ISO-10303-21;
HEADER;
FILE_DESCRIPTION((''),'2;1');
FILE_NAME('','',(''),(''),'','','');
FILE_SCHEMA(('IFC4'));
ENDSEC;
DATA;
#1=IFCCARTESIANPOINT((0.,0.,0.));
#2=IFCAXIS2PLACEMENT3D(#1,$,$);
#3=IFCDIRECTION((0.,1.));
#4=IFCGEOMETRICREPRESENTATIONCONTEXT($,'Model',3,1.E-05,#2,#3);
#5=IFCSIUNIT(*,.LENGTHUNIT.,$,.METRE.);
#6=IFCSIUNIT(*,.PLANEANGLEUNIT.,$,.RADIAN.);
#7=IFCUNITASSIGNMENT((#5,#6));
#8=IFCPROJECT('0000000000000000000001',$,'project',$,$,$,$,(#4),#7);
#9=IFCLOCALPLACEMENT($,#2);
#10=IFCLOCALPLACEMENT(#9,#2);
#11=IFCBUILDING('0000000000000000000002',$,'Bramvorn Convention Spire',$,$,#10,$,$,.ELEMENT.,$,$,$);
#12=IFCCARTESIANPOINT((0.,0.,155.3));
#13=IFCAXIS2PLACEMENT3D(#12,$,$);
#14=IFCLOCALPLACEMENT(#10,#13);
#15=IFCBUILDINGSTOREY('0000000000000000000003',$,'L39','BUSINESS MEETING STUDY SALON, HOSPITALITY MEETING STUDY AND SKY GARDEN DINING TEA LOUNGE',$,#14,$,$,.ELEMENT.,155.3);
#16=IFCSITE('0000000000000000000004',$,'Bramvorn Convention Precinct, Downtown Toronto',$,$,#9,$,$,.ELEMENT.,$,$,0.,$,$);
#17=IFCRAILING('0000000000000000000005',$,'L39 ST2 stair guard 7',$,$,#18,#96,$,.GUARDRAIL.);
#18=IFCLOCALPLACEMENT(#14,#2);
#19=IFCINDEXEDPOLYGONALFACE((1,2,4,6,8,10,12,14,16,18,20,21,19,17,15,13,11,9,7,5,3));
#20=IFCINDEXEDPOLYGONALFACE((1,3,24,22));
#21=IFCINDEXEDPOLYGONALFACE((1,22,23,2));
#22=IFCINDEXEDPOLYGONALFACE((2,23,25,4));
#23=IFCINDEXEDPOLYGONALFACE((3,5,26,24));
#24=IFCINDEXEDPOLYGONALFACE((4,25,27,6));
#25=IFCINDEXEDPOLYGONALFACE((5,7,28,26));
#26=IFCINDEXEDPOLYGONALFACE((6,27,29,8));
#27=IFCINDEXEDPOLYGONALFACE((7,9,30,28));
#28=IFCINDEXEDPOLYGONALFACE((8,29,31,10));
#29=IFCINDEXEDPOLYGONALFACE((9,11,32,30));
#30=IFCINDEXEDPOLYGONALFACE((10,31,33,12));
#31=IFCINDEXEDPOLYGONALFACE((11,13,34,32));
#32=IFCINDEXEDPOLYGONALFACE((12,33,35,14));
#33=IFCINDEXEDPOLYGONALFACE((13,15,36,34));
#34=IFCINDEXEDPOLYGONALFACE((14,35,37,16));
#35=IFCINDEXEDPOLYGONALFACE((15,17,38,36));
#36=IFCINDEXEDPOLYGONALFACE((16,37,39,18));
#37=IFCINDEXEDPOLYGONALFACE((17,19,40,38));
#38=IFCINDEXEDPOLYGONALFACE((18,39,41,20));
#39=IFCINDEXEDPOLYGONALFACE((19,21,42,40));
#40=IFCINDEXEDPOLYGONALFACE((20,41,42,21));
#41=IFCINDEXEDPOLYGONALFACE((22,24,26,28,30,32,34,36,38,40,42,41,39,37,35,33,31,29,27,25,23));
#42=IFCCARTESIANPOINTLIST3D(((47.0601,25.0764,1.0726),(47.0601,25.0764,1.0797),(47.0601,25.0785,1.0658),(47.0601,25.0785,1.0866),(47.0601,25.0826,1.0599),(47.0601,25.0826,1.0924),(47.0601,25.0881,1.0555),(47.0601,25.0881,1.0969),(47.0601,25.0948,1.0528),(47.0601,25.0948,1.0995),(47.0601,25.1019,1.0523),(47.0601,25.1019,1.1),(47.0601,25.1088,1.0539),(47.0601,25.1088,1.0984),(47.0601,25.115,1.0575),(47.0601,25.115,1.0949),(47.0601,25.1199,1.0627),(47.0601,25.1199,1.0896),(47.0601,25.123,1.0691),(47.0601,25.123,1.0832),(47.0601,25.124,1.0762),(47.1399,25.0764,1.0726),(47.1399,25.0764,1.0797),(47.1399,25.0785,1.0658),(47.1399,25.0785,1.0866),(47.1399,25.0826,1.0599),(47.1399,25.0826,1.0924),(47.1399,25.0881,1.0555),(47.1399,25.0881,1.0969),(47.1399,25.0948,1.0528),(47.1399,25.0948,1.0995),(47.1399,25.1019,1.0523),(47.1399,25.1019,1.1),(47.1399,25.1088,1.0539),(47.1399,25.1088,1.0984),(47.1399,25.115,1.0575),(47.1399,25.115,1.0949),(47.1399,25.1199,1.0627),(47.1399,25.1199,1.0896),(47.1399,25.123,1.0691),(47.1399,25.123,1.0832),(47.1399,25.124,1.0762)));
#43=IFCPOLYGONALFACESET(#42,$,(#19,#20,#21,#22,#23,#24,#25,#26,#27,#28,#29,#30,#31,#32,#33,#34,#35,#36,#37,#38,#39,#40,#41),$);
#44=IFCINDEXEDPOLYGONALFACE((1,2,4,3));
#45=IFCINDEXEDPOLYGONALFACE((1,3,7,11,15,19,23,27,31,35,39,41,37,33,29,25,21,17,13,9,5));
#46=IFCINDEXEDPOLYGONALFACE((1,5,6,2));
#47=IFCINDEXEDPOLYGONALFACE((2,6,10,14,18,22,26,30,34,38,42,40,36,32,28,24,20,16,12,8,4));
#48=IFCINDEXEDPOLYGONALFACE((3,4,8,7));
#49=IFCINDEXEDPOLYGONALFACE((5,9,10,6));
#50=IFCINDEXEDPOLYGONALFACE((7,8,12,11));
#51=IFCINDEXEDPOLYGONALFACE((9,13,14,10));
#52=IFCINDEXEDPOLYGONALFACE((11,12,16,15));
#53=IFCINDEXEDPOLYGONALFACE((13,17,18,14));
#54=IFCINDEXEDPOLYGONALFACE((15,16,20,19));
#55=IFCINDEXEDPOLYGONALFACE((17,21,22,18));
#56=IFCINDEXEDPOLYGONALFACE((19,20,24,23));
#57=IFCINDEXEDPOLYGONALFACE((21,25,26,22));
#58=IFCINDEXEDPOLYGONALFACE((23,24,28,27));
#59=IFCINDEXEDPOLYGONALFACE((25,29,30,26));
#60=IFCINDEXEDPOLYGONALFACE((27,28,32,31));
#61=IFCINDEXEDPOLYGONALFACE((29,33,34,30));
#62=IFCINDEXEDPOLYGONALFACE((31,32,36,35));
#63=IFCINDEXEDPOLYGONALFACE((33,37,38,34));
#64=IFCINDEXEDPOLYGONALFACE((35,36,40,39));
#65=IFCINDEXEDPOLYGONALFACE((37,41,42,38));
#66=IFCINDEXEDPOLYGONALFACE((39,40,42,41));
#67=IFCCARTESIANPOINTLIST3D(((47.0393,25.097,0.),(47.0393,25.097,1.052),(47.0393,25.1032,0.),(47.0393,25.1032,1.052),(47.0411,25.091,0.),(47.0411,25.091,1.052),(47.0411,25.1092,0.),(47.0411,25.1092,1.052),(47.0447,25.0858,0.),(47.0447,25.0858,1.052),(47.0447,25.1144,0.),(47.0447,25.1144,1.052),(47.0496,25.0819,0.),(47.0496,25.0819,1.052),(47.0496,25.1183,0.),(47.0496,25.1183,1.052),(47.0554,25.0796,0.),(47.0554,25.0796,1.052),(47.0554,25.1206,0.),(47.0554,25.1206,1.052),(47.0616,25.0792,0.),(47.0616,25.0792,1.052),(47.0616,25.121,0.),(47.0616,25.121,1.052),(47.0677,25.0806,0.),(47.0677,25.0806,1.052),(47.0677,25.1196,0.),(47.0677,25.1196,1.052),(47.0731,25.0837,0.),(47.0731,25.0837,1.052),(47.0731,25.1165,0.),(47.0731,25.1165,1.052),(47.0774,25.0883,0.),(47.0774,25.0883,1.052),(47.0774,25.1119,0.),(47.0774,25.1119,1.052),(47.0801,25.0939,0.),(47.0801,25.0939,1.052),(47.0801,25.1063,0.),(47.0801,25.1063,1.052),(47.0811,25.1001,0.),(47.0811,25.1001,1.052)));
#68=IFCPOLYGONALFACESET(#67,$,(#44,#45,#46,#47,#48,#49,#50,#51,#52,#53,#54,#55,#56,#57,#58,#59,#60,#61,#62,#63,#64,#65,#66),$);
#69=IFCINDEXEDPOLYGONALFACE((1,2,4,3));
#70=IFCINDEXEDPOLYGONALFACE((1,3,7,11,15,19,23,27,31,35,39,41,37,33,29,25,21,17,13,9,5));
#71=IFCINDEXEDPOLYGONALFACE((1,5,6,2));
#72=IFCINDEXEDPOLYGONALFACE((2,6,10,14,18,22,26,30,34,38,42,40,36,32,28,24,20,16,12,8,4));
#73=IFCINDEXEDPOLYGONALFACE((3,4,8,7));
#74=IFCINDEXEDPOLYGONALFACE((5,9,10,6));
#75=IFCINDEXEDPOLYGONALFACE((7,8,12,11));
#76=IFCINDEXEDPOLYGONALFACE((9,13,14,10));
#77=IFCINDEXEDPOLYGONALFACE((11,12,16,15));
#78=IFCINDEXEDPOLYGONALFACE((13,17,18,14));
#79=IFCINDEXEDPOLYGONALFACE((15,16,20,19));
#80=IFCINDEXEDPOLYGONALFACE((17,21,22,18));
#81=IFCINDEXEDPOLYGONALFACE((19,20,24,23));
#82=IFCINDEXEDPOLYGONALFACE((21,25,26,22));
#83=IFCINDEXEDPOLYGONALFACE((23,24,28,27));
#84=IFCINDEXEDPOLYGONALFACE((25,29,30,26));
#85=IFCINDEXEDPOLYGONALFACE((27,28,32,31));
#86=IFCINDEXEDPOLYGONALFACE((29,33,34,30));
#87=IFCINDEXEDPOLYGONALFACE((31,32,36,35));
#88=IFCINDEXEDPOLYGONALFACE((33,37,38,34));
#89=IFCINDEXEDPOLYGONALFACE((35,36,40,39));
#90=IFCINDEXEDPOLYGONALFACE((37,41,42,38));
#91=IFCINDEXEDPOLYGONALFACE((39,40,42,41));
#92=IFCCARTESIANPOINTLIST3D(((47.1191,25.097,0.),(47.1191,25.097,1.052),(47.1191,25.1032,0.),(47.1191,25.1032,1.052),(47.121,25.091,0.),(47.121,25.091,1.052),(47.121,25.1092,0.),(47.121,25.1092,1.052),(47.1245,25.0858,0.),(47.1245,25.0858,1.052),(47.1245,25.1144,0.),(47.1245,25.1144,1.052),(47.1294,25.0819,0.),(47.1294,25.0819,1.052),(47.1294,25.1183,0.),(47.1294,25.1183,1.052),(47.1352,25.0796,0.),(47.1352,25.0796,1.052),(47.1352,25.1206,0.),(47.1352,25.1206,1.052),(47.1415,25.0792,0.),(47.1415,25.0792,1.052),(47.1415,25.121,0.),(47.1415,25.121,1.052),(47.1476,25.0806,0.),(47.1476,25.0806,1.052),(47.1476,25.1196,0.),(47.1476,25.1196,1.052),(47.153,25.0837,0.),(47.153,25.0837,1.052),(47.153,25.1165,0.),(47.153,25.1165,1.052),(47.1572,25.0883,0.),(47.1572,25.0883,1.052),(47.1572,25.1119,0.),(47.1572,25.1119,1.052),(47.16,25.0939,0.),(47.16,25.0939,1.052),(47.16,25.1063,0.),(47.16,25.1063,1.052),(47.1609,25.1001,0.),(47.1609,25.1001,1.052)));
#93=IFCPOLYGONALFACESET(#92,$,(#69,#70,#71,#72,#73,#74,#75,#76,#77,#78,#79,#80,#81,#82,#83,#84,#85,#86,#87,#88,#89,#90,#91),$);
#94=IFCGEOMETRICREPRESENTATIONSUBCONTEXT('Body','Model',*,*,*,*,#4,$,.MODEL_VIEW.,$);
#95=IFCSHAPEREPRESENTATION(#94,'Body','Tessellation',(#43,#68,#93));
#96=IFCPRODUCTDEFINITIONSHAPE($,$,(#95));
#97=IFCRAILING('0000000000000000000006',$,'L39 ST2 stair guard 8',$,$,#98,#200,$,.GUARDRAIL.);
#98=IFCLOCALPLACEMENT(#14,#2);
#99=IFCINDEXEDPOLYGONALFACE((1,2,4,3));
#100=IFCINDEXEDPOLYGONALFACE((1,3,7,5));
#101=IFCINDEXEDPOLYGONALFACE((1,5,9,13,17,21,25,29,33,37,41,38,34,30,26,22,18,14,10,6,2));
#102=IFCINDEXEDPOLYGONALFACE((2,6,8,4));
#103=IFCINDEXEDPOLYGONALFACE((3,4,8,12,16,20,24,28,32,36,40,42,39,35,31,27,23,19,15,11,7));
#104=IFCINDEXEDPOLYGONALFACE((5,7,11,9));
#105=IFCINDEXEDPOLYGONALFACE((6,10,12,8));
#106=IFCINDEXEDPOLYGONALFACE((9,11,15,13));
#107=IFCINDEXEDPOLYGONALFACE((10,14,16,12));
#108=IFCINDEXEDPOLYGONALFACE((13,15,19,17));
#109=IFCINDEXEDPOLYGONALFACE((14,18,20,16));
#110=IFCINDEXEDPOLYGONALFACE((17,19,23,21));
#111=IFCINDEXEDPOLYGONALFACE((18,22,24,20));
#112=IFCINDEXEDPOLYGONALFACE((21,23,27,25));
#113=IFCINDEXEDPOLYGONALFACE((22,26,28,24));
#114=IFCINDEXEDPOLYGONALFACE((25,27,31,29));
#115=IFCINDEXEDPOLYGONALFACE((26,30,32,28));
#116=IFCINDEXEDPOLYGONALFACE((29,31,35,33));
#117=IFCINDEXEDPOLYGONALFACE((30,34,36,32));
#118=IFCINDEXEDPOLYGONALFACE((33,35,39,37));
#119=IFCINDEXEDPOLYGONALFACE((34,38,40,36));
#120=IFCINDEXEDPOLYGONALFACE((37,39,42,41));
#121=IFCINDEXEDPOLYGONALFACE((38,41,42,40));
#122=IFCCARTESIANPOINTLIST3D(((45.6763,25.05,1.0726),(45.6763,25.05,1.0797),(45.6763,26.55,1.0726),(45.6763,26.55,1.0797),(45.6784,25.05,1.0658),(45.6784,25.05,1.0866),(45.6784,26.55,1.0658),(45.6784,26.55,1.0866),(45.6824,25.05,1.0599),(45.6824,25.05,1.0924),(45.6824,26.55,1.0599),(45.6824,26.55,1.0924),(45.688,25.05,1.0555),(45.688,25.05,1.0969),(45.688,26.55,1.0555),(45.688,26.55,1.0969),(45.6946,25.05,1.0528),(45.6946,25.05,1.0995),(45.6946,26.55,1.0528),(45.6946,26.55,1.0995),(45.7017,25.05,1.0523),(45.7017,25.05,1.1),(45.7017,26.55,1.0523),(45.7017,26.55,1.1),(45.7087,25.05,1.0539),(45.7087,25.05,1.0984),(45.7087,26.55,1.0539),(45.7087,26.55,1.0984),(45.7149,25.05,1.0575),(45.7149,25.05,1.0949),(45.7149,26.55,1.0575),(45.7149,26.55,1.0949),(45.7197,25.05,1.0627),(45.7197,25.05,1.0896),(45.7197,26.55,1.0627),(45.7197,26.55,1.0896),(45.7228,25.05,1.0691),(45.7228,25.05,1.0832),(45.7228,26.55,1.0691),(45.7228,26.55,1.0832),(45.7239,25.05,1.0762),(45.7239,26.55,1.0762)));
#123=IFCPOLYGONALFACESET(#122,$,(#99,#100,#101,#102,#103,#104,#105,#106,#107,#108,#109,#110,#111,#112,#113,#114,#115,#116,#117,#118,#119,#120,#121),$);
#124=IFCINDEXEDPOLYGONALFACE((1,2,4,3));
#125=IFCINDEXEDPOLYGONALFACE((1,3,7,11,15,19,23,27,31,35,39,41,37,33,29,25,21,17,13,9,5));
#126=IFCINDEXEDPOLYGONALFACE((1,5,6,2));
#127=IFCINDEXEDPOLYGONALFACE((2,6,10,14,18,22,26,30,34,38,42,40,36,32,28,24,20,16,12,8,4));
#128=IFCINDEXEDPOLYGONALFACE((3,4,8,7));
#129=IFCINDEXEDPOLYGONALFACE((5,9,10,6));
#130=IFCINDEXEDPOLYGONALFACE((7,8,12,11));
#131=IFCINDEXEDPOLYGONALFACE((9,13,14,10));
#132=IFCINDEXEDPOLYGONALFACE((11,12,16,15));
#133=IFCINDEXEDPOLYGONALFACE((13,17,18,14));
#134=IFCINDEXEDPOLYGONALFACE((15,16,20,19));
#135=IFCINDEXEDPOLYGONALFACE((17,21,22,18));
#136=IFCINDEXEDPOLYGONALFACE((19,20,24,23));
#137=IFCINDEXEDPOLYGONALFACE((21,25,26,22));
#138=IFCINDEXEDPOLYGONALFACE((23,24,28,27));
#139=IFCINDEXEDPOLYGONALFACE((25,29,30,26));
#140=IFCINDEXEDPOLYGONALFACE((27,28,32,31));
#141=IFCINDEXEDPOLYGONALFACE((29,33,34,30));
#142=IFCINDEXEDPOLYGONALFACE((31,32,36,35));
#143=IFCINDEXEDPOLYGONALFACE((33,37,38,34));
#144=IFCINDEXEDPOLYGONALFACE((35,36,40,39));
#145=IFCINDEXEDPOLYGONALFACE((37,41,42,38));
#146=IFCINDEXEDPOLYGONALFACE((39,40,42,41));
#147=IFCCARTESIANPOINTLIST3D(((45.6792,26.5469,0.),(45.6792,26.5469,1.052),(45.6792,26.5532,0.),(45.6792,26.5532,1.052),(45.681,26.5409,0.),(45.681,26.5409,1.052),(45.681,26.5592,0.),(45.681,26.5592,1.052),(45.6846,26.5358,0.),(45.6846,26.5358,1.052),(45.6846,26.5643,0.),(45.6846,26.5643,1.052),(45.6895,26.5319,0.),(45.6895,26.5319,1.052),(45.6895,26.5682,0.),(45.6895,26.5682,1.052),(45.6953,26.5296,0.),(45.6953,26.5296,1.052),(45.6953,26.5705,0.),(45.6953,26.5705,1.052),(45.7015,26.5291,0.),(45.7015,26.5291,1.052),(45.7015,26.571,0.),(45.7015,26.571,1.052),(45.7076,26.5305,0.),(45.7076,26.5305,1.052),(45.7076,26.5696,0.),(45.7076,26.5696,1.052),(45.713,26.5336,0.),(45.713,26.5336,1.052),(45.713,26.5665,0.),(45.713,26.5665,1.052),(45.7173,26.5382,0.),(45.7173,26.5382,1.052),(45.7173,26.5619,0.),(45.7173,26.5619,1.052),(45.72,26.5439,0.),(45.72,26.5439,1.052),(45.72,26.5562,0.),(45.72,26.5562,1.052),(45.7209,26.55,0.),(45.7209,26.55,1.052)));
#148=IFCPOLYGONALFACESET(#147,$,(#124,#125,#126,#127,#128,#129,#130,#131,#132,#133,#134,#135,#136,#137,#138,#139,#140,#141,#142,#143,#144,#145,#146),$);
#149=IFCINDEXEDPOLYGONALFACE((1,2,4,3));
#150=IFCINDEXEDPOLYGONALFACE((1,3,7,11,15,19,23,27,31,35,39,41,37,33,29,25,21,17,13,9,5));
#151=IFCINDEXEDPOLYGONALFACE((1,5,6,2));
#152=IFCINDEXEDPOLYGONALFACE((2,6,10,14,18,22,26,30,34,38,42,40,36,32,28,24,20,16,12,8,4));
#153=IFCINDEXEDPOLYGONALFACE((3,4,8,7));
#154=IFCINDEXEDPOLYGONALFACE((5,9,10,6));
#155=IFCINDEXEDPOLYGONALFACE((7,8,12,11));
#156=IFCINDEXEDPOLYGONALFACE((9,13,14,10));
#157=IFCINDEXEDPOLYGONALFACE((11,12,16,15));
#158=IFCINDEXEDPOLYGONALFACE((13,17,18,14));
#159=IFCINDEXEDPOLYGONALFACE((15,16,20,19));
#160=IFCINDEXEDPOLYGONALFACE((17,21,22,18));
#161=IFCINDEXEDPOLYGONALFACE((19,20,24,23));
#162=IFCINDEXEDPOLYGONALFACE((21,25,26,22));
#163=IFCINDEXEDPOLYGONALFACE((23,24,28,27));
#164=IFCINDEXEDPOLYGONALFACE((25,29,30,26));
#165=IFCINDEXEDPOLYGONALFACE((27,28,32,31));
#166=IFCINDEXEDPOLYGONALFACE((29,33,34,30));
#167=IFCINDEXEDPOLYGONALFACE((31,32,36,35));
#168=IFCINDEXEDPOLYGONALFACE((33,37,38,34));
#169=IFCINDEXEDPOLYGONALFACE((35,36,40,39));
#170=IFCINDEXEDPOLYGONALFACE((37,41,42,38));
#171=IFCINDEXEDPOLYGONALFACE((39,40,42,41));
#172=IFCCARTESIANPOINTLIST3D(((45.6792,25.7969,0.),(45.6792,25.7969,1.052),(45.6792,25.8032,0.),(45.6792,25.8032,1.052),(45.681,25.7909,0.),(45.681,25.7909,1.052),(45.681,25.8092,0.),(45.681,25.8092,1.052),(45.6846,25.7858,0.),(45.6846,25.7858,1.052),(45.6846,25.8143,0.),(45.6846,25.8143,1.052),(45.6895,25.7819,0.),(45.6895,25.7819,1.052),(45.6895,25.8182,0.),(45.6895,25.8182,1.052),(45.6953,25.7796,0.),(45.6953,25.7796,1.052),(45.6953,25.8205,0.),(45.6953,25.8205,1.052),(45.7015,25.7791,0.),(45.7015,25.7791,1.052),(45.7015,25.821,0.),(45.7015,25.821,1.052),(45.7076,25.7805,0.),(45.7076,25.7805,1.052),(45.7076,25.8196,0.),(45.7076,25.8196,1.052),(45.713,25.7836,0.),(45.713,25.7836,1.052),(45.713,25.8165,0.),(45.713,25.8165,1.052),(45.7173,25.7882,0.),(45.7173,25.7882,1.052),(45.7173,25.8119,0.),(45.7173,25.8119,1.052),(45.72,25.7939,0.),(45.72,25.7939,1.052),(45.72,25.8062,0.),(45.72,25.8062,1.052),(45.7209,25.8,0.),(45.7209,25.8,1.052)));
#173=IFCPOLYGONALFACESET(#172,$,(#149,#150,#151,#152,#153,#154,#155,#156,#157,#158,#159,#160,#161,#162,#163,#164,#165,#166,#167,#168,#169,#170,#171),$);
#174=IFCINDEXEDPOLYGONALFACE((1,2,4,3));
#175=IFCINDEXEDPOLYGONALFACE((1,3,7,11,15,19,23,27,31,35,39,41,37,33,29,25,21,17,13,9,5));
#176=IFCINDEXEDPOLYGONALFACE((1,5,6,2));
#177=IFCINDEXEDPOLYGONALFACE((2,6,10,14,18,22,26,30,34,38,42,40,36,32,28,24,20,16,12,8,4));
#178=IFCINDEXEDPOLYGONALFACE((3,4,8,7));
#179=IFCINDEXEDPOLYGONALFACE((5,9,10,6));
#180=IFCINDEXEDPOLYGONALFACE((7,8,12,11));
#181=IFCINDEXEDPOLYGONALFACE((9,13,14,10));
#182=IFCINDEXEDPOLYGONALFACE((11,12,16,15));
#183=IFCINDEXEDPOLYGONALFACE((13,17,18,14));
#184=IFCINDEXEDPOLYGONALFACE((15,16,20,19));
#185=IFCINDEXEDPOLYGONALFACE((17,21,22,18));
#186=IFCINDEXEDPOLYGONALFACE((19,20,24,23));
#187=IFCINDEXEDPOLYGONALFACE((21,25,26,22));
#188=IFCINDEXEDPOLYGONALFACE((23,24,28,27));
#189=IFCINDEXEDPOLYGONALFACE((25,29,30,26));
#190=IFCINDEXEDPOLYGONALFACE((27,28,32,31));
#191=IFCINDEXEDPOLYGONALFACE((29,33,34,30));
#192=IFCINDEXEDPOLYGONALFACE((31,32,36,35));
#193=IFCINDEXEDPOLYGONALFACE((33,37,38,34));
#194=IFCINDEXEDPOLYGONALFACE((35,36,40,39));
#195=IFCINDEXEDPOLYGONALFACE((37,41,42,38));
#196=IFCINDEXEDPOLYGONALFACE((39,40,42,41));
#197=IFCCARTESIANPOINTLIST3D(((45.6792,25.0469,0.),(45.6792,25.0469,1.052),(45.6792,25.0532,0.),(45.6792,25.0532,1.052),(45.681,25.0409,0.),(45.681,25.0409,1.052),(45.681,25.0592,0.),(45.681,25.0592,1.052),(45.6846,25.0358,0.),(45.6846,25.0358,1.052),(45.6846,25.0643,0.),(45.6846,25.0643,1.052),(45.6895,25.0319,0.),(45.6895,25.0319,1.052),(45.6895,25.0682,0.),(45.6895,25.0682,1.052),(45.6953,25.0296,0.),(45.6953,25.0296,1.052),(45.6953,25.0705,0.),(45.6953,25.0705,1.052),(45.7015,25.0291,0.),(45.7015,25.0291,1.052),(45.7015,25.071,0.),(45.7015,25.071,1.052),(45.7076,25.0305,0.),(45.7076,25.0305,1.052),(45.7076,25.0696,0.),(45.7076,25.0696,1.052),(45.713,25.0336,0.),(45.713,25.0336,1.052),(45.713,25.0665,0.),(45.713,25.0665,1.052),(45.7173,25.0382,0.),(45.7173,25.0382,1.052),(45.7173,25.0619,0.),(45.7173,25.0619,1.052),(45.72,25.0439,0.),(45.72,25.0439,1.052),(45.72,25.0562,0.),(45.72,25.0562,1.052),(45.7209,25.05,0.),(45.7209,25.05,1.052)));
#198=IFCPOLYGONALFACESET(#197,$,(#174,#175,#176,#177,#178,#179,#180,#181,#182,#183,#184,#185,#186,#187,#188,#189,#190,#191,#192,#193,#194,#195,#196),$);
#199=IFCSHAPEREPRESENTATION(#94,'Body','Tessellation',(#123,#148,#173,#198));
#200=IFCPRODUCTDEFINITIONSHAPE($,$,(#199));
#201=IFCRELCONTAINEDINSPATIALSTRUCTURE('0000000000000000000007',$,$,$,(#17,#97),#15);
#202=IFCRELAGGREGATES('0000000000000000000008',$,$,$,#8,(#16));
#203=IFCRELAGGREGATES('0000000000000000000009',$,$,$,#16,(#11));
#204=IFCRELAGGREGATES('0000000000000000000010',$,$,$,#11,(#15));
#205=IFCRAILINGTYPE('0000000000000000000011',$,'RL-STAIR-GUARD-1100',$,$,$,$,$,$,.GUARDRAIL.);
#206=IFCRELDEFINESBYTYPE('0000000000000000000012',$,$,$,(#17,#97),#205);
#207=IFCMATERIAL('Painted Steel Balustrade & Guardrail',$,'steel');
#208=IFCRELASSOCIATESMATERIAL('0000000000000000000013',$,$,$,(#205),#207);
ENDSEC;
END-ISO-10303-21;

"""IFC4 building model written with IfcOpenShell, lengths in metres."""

from ifc_helpers import new_model, si_unit, direction, frame, origin, origin_2d, place, context, subcontext, project, spatial, circle, extrude, material, type_object, element, save


model = new_model("IFC4")

# Units and contexts
model_context = context("Model", 3, precision=1e-05, world=origin(), true_north=direction((0.0, 1.0)))
body_context = subcontext(model_context, "Body", "Model", "MODEL_VIEW")
ifc_project = project(units=[si_unit("LENGTHUNIT", "METRE"), si_unit("PLANEANGLEUNIT", "RADIAN")], contexts=[model_context])

# Site, building, storey
site_placement = place(None, origin())
site = spatial("IfcSite", under=ifc_project, at=site_placement, Name="Bramvorn Convention Precinct, Downtown Toronto", CompositionType="ELEMENT", RefElevation=0.0)
building_placement = place(site_placement, origin())
building = spatial("IfcBuilding", under=site, at=building_placement, Name="Bramvorn Convention Spire", CompositionType="ELEMENT")
storey_placement = place(building_placement, frame((0.0, 0.0, 155.3)))
storey = spatial("IfcBuildingStorey", under=building, at=storey_placement, Name="L39", Description="BUSINESS MEETING STUDY SALON, HOSPITALITY MEETING STUDY AND SKY GARDEN DINING TEA LOUNGE", CompositionType="ELEMENT", Elevation=155.3)

# Railings
ifc_material_1 = material(Name="Painted Steel Balustrade & Guardrail", Category="steel")
railing_type_1 = type_object("IfcRailingType", Name="RL-STAIR-GUARD-1100", PredefinedType="GUARDRAIL", material=ifc_material_1)
railing_1_placement = place(storey_placement, frame((47.0601, 25.1001, 0.0)))
element("IfcRailing", 1, at=railing_1_placement, inside=storey, type_object=railing_type_1, Name="L39 ST2 stair guard 7", PredefinedType="GUARDRAIL", context=body_context, shape_type="SweptSolid", body=[
    extrude(circle(Radius=0.0239, at=origin_2d()), frame((0.0, 0.0, 1.0762), z_axis=(1.0, 0.0, 0.0), x_axis=(0.0, 1.0, 0.0)), (0.0, 0.0, 1.0), 0.0798),
    extrude(circle(Radius=0.021, at=origin_2d()), origin(), (0.0, 0.0, 1.0), 1.052),
    extrude(circle(Radius=0.021, at=origin_2d()), frame((0.0798, 0.0, 0.0)), (0.0, 0.0, 1.0), 1.052),
])
railing_2_placement = place(storey_placement, frame((45.7, 26.55, 0.0)))
element("IfcRailing", 2, at=railing_2_placement, inside=storey, type_object=railing_type_1, Name="L39 ST2 stair guard 8", PredefinedType="GUARDRAIL", context=body_context, shape_type="SweptSolid", body=[
    extrude(circle(Radius=0.0239, at=origin_2d()), frame((0.0, 0.0, 1.0762), z_axis=(0.0, -1.0, 0.0), x_axis=(1.0, 0.0, 0.0)), (0.0, 0.0, 1.0), 1.5),
    extrude(circle(Radius=0.021, at=origin_2d()), origin(), (0.0, 0.0, 1.0), 1.052),
    extrude(circle(Radius=0.021, at=origin_2d()), frame((0.0, -0.75, 0.0)), (0.0, 0.0, 1.0), 1.052),
    extrude(circle(Radius=0.021, at=origin_2d()), frame((0.0, -1.5, 0.0)), (0.0, 0.0, 1.0), 1.052),
])

save(model, "model.ifc")
